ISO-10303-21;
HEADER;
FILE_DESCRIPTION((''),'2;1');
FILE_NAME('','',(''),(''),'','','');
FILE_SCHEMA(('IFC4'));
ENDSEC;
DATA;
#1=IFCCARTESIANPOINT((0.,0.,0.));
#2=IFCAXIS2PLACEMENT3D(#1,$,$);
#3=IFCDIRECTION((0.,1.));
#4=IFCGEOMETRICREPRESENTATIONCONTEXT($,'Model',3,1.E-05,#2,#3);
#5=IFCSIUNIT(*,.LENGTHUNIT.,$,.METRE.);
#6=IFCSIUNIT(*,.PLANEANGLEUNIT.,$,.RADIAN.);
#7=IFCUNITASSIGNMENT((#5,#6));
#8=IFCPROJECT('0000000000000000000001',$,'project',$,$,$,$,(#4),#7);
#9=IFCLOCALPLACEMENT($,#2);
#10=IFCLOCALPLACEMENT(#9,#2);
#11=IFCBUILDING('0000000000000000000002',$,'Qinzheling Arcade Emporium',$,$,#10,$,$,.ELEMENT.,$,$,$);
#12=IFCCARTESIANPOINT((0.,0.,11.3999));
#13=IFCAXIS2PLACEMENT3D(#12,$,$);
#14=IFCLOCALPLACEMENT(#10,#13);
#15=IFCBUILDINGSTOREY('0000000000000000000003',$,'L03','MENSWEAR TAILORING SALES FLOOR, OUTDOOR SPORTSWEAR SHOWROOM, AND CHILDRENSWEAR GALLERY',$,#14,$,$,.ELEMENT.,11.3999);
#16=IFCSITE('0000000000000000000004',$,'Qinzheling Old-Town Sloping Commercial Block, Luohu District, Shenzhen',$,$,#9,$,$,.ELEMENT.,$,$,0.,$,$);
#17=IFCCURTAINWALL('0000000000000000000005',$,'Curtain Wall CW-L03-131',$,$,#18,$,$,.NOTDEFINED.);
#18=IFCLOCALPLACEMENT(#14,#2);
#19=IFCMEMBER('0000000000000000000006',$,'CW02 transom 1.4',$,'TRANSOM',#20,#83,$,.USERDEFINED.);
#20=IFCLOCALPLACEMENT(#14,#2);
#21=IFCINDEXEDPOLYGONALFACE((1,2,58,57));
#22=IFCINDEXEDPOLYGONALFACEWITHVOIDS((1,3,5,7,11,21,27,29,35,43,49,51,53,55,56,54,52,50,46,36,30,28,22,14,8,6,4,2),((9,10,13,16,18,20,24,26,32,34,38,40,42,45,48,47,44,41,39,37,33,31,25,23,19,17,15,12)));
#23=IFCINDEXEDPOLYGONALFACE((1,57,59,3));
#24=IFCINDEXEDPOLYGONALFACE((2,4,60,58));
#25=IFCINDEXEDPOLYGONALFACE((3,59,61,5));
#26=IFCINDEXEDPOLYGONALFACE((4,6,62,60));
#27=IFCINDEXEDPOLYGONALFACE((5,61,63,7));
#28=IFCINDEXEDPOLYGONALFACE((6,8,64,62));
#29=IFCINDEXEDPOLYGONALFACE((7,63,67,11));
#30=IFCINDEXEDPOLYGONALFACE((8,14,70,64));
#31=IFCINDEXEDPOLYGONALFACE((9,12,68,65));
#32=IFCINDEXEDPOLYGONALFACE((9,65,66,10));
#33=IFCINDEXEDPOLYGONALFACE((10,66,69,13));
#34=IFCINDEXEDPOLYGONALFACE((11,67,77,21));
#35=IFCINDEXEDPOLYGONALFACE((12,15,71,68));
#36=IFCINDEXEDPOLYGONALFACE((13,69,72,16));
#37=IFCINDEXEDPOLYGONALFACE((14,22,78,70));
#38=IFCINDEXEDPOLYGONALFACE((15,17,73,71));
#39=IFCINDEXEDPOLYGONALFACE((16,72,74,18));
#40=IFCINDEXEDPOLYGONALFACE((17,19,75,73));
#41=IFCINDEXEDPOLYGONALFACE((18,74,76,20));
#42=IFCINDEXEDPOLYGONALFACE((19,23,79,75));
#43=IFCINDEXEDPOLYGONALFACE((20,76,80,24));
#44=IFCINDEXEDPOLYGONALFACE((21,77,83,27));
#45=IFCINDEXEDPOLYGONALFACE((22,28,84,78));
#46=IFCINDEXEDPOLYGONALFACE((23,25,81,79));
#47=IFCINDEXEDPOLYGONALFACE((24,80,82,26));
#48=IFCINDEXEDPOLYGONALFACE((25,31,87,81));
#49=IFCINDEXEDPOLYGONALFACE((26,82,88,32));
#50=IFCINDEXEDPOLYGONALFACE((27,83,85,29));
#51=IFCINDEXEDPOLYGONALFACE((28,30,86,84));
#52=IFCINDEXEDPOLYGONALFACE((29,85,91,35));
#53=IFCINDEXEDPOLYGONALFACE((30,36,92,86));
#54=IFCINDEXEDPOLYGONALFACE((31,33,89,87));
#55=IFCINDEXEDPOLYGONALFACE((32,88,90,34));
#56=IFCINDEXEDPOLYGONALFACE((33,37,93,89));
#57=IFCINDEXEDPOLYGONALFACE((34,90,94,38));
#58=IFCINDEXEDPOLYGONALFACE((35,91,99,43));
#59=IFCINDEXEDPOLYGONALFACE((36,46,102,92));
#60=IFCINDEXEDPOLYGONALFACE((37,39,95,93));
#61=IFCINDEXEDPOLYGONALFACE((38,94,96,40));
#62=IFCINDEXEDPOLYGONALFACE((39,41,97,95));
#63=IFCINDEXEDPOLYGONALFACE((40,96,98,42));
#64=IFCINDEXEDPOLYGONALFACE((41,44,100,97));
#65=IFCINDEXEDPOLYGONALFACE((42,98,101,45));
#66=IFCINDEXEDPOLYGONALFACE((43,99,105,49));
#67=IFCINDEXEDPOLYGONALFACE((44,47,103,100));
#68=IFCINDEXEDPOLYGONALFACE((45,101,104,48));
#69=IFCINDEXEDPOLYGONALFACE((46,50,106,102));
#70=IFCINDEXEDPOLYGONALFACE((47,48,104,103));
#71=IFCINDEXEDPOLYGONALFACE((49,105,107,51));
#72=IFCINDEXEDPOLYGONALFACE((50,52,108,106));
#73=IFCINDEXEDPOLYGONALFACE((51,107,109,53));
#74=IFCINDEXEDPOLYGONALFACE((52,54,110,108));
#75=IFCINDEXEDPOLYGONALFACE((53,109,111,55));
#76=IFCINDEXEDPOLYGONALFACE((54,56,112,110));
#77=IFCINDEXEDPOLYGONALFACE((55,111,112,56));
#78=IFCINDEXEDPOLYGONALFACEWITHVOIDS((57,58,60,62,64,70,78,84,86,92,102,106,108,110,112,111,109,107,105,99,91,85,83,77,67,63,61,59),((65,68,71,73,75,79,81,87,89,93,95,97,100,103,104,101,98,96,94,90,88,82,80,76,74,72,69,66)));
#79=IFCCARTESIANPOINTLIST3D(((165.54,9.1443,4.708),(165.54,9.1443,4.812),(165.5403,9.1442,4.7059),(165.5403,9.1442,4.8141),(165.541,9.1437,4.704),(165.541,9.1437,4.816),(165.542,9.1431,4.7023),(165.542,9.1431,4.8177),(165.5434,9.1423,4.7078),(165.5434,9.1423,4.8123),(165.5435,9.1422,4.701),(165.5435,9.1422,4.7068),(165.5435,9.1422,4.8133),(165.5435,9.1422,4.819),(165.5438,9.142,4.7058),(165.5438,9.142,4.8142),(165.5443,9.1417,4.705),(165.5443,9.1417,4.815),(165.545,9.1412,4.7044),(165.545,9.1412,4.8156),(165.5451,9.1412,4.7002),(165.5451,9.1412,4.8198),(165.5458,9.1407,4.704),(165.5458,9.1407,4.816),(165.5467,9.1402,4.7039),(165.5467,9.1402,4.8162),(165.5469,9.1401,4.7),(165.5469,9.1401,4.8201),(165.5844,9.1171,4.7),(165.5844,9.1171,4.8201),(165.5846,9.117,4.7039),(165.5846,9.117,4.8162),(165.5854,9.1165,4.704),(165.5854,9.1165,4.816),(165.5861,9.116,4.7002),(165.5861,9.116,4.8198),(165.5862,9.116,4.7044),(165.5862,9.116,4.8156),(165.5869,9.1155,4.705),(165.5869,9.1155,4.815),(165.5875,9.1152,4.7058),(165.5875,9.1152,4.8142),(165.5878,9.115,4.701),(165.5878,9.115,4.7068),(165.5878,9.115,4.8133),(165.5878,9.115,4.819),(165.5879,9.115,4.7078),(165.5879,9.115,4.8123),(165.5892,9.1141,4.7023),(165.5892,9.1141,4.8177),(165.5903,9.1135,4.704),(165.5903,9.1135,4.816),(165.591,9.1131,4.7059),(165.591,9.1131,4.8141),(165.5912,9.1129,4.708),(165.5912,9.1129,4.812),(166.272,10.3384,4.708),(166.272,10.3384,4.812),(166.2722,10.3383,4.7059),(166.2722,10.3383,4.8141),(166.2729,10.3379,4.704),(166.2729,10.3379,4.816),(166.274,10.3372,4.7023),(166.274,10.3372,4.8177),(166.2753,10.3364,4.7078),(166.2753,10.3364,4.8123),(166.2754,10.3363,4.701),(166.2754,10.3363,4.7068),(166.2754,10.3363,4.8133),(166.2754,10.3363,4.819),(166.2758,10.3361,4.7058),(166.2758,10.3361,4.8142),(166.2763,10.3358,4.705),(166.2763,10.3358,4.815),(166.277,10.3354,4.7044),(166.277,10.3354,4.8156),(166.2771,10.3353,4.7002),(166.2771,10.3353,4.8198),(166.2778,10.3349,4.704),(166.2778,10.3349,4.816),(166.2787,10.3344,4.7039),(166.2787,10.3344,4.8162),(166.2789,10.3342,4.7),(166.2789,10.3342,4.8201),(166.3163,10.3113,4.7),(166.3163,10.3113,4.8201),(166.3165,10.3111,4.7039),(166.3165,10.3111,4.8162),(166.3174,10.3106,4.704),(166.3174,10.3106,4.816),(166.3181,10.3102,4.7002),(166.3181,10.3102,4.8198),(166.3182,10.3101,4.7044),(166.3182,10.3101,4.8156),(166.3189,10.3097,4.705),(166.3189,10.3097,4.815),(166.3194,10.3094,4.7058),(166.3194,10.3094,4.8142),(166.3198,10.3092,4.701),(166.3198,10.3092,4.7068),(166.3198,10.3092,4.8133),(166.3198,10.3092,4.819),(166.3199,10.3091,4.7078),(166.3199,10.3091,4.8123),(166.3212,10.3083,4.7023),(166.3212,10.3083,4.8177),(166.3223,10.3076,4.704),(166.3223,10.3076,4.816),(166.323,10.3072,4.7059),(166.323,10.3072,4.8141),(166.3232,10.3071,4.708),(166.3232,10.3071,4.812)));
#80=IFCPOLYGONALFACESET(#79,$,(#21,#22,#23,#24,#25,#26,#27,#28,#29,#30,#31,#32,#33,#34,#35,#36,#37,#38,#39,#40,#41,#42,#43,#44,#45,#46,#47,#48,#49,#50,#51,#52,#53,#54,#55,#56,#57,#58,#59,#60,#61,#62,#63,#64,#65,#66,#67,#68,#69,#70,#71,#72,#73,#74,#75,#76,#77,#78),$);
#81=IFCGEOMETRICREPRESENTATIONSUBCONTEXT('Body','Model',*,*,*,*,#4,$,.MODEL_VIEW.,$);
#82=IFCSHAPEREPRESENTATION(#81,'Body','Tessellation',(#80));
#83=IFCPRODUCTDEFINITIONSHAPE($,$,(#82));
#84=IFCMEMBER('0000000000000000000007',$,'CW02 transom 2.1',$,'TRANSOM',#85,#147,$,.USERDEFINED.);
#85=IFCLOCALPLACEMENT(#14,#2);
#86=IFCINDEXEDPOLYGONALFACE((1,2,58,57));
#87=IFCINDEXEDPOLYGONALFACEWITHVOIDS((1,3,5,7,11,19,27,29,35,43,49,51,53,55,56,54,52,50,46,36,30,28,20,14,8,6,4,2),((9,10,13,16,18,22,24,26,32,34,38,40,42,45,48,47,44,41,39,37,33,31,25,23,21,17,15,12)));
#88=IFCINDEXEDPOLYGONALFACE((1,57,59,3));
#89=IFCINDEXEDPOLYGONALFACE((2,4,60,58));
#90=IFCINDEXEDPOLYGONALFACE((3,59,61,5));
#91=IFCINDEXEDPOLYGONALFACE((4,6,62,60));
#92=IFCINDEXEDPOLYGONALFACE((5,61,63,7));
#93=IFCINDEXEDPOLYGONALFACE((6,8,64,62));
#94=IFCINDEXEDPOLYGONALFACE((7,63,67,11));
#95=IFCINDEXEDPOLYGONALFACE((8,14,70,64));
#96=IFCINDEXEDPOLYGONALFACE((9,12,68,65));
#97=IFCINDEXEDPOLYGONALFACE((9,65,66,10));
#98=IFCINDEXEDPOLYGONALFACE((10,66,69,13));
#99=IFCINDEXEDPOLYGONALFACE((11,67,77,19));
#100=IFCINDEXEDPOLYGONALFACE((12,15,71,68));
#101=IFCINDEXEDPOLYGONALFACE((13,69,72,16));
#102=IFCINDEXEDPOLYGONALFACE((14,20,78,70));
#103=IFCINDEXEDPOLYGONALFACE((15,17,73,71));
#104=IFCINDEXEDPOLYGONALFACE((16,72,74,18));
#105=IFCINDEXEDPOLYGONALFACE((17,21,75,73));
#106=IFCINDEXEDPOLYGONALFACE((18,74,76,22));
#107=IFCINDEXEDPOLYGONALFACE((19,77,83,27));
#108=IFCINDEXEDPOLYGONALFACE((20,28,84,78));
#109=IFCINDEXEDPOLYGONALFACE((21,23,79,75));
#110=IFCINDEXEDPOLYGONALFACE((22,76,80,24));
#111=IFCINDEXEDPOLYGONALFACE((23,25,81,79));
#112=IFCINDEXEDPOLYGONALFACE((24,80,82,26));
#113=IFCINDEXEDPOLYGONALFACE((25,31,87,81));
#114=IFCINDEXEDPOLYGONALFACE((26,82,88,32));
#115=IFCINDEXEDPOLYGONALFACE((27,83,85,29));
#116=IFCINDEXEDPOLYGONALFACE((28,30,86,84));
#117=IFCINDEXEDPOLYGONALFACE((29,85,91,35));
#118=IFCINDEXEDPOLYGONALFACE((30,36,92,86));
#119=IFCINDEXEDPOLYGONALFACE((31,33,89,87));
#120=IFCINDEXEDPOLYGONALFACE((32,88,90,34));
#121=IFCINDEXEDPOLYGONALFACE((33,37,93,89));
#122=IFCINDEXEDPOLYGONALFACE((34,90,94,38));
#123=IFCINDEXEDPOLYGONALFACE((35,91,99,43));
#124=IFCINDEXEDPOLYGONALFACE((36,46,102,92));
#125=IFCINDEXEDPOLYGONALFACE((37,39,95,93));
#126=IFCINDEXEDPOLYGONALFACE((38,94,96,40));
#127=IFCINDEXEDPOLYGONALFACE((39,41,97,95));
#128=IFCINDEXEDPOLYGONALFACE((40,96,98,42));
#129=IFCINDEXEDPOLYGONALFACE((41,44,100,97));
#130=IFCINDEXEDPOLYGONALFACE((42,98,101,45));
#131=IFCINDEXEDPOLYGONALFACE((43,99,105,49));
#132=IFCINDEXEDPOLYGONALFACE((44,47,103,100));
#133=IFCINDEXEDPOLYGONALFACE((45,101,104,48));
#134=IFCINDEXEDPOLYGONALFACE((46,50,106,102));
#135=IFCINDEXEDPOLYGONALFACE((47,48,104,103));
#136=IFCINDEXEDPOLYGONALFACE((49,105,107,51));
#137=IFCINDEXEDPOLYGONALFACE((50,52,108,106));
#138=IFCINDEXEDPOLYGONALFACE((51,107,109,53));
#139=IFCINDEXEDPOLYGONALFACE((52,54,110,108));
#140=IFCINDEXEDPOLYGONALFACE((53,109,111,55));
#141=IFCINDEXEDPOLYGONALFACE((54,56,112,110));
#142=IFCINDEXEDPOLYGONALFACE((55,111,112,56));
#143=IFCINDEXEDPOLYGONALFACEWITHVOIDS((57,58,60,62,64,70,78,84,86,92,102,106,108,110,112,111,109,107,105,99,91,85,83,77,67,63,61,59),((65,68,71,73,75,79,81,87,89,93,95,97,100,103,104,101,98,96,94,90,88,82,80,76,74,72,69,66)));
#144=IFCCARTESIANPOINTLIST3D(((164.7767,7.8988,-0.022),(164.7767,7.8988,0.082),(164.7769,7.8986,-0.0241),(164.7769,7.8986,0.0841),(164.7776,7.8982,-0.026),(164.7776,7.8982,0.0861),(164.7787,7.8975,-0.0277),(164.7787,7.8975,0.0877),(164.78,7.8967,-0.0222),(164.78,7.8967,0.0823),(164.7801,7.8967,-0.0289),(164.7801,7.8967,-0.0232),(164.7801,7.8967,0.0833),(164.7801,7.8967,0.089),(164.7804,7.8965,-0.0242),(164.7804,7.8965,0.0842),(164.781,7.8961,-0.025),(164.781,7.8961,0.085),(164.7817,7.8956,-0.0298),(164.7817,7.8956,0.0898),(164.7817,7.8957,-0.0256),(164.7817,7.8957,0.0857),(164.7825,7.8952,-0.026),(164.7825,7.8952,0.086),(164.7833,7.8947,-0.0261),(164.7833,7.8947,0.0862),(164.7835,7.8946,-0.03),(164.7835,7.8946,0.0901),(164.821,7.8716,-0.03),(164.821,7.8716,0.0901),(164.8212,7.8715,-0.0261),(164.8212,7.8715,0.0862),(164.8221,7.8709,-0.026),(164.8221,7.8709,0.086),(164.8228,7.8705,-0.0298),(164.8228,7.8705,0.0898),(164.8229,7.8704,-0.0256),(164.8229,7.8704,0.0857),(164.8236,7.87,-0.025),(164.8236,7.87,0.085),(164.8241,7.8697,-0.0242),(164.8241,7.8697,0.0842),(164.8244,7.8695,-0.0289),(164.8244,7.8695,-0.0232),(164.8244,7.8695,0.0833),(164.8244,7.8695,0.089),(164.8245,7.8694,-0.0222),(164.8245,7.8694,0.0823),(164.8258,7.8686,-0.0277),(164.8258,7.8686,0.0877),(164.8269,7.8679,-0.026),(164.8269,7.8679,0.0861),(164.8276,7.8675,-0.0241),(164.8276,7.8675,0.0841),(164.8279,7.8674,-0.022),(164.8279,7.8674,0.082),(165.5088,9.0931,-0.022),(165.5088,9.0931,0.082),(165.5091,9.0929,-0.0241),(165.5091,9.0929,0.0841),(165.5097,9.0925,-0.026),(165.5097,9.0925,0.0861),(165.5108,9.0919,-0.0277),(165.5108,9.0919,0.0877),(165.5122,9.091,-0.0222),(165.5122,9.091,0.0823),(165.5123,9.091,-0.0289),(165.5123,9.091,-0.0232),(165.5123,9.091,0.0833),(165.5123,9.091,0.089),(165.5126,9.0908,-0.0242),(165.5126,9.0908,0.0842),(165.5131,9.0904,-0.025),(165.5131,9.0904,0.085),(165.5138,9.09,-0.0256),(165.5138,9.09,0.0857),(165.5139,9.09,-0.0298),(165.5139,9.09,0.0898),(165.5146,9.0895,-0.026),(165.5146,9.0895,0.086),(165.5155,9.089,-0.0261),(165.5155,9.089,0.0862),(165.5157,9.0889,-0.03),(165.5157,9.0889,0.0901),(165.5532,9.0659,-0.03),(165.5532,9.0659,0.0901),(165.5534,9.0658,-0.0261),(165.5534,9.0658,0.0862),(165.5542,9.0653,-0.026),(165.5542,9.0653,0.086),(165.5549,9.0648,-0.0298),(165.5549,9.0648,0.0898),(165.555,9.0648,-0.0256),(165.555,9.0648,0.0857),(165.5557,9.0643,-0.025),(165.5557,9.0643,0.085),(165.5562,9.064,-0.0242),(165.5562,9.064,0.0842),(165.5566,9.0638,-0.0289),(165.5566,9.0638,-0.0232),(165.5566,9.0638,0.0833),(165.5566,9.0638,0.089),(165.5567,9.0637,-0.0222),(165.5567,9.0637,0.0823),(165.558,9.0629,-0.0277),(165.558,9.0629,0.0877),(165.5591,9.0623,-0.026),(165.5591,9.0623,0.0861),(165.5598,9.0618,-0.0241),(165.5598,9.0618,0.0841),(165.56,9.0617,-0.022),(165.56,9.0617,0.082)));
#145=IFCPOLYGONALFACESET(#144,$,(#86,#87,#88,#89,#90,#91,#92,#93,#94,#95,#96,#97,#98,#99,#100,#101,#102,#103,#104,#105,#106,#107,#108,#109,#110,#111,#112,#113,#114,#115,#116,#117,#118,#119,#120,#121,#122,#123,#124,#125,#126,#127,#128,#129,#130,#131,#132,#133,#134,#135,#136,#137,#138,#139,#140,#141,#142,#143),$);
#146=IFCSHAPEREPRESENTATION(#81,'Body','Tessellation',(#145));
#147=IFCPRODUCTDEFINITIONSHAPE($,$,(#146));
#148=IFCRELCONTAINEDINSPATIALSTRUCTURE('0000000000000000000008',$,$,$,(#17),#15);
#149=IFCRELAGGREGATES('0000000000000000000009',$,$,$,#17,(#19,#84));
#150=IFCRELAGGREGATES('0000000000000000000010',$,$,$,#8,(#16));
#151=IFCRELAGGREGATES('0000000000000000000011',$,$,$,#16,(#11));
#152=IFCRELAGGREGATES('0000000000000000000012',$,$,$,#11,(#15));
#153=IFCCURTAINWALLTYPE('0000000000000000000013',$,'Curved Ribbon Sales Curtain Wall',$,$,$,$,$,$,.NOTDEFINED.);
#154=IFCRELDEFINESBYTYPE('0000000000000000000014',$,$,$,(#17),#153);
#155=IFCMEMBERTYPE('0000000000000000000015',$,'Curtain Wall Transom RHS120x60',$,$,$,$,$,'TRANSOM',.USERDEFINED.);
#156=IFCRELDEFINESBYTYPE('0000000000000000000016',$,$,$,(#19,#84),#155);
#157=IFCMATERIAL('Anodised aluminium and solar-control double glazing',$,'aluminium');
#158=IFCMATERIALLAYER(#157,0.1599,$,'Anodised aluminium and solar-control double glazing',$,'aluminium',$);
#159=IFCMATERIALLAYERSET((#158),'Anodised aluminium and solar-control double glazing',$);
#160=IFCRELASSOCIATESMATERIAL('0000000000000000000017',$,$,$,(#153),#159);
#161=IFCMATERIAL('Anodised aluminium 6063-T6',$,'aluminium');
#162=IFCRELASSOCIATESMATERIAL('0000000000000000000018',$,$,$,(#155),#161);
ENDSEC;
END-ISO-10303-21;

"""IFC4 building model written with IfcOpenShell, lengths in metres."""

from ifc_helpers import new_model, si_unit, direction, frame, origin, origin_2d, place, context, subcontext, project, spatial, hollow_rectangle, extrude, material, layer, layer_set, material_profile, profile_set, type_object, element, aggregate, save


model = new_model("IFC4")

# Units and contexts
model_context = context("Model", 3, precision=1e-05, world=origin(), true_north=direction((0.0, 1.0)))
body_context = subcontext(model_context, "Body", "Model", "MODEL_VIEW")
ifc_project = project(units=[si_unit("LENGTHUNIT", "METRE"), si_unit("PLANEANGLEUNIT", "RADIAN")], contexts=[model_context])

# Site, building, storey
site_placement = place(None, origin())
site = spatial("IfcSite", under=ifc_project, at=site_placement, Name="Qinzheling Old-Town Sloping Commercial Block, Luohu District, Shenzhen", CompositionType="ELEMENT", RefElevation=0.0)
building_placement = place(site_placement, origin())
building = spatial("IfcBuilding", under=site, at=building_placement, Name="Qinzheling Arcade Emporium", CompositionType="ELEMENT")
storey_placement = place(building_placement, frame((0.0, 0.0, 11.3999)))
storey = spatial("IfcBuildingStorey", under=building, at=storey_placement, Name="L03", Description="MENSWEAR TAILORING SALES FLOOR, OUTDOOR SPORTSWEAR SHOWROOM, AND CHILDRENSWEAR GALLERY", CompositionType="ELEMENT", Elevation=11.3999)

# Curtain wall
ifc_material_1 = material(Name="Anodised aluminium and solar-control double glazing", Category="aluminium")
ifc_layer_1 = layer(ifc_material_1, 0.1599, Name="Anodised aluminium and solar-control double glazing", Category="aluminium")
ifc_layer_set_1 = layer_set([ifc_layer_1], Name="Anodised aluminium and solar-control double glazing")
curtain_wall_type = type_object("IfcCurtainWallType", Name="Curved Ribbon Sales Curtain Wall", PredefinedType="NOTDEFINED", material=ifc_layer_set_1)
curtain_wall_1_placement = place(storey_placement, origin())
curtain_wall_1 = element("IfcCurtainWall", 1, at=curtain_wall_1_placement, inside=storey, type_object=curtain_wall_type, Name="Curtain Wall CW-L03-131", PredefinedType="NOTDEFINED")
ifc_material_2 = material(Name="Anodised aluminium 6063-T6", Category="aluminium")

# Members
ifc_material_profile_1 = material_profile(ifc_material_2, hollow_rectangle(XDim=0.0601, YDim=0.1201, WallThickness=0.0039, InnerFilletRadius=0.0039, OuterFilletRadius=0.0081, at=origin_2d()), Name="RHS 120x60x4", Category="aluminium")
ifc_profile_set_1 = profile_set([ifc_material_profile_1], Name="Anodised aluminium 6063-T6")
member_type_1 = type_object("IfcMemberType", Name="Curtain Wall Transom RHS120x60", ElementType="TRANSOM", PredefinedType="USERDEFINED", material=ifc_profile_set_1)
member_1_placement = place(storey_placement, frame((166.2976, 10.3228, 4.76), z_axis=(-0.522599, -0.852579, 0.0), x_axis=(0.852579, -0.522599, 0.0)))
member_1 = element("IfcMember", 2, at=member_1_placement, type_object=member_type_1, Name="CW02 transom 1.4", ObjectType="TRANSOM", PredefinedType="USERDEFINED", context=body_context, shape_type="SweptSolid", body=[
    extrude(hollow_rectangle(XDim=0.0601, YDim=0.1201, WallThickness=0.0039, InnerFilletRadius=0.0039, OuterFilletRadius=0.0081, at=origin_2d()), origin(), (0.0, 0.0, 1.0), 1.4006),
])
member_2_placement = place(storey_placement, frame((165.5344, 9.0774, 0.03), z_axis=(-0.522648, -0.852549, 0.0), x_axis=(0.852549, -0.522648, 0.0)))
member_2 = element("IfcMember", 3, at=member_2_placement, type_object=member_type_1, Name="CW02 transom 2.1", ObjectType="TRANSOM", PredefinedType="USERDEFINED", context=body_context, shape_type="SweptSolid", body=[
    extrude(hollow_rectangle(XDim=0.0601, YDim=0.1201, WallThickness=0.0039, InnerFilletRadius=0.0039, OuterFilletRadius=0.0081, at=origin_2d()), origin(), (0.0, 0.0, 1.0), 1.4009),
])

aggregate(curtain_wall_1, [member_1, member_2])

save(model, "model.ifc")
